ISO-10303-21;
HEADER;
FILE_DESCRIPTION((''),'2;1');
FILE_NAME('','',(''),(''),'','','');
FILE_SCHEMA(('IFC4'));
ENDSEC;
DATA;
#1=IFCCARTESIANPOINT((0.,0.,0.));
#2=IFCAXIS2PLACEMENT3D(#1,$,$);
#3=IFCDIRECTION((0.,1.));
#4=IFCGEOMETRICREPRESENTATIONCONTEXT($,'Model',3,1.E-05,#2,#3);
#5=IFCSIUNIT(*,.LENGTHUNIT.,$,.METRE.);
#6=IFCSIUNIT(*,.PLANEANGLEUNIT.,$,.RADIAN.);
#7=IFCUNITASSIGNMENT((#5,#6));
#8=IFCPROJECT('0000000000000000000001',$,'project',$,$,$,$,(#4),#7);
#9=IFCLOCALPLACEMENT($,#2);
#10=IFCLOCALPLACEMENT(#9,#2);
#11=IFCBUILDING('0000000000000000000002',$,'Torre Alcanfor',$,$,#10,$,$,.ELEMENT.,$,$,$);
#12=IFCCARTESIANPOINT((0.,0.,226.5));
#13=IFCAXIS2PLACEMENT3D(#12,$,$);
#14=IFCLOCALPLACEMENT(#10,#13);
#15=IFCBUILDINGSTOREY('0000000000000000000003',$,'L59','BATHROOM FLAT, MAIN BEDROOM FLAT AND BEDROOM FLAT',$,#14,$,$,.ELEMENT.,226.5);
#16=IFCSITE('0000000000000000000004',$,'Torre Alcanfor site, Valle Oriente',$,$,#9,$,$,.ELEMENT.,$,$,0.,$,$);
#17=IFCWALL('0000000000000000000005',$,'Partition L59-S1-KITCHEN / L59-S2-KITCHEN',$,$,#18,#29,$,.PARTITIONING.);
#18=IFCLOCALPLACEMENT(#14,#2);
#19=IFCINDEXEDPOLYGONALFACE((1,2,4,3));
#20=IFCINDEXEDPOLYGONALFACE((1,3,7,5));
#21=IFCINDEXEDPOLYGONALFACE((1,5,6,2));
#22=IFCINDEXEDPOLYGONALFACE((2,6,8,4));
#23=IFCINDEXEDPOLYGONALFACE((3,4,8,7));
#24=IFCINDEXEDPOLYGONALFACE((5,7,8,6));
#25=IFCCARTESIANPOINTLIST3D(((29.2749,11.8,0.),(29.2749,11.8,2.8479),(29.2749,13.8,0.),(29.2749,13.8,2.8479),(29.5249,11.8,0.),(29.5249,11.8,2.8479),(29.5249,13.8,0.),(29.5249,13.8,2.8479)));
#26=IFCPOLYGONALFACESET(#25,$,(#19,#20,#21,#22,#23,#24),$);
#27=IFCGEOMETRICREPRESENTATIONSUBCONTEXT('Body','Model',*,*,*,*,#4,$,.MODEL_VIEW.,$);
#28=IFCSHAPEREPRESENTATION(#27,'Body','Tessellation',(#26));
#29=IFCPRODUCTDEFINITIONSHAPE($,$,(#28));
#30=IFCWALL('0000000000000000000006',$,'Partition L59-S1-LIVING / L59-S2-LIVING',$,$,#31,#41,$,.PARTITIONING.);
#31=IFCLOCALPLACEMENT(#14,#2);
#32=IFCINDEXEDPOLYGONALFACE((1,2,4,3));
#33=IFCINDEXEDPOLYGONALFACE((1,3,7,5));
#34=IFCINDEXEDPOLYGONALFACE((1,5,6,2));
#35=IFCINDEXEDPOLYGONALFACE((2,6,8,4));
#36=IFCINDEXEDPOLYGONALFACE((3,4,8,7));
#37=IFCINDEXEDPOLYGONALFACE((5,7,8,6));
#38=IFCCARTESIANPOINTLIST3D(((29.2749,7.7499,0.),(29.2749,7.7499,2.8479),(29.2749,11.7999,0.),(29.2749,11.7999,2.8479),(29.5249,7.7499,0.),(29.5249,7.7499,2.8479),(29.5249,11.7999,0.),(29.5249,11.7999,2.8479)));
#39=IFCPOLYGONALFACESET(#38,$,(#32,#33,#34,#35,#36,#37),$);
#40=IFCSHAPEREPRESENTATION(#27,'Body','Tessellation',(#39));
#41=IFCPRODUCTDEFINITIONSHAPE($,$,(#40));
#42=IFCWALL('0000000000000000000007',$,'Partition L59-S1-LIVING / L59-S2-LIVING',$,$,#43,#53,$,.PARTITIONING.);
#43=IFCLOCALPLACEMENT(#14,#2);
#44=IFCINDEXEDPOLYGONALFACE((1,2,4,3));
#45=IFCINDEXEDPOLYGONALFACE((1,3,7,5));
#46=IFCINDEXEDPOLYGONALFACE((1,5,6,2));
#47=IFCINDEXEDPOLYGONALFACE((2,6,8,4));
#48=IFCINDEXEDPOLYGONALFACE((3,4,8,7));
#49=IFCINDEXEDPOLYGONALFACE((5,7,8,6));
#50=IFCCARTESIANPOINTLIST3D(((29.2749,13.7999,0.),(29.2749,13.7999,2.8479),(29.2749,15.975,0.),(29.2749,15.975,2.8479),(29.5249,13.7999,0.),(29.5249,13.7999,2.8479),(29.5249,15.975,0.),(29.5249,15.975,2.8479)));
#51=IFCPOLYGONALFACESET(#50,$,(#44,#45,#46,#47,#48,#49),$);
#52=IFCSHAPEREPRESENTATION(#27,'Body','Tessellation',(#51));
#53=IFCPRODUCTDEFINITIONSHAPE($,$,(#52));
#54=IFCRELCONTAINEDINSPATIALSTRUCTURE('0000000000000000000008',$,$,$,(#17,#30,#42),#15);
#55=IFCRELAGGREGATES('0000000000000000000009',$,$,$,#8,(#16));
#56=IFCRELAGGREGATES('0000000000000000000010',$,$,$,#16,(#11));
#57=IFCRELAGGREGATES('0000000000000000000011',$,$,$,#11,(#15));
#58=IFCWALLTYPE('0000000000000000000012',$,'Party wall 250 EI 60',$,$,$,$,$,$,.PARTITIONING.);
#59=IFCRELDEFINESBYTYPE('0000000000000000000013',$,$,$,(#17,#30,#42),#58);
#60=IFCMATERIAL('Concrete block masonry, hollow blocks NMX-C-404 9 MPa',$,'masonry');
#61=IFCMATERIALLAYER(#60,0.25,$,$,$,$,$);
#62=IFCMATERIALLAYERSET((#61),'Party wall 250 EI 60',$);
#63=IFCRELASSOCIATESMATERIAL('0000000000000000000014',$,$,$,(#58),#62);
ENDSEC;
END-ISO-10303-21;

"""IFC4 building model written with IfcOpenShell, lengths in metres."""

from ifc_helpers import new_model, si_unit, direction, frame, frame_2d, origin, place, context, subcontext, project, spatial, rectangle, extrude, material, layer, layer_set, type_object, element, save


model = new_model("IFC4")

# Units and contexts
model_context = context("Model", 3, precision=1e-05, world=origin(), true_north=direction((0.0, 1.0)))
body_context = subcontext(model_context, "Body", "Model", "MODEL_VIEW")
ifc_project = project(units=[si_unit("LENGTHUNIT", "METRE"), si_unit("PLANEANGLEUNIT", "RADIAN")], contexts=[model_context])

# Site, building, storey
site_placement = place(None, origin())
site = spatial("IfcSite", under=ifc_project, at=site_placement, Name="Torre Alcanfor site, Valle Oriente", CompositionType="ELEMENT", RefElevation=0.0)
building_placement = place(site_placement, origin())
building = spatial("IfcBuilding", under=site, at=building_placement, Name="Torre Alcanfor", CompositionType="ELEMENT")
storey_placement = place(building_placement, frame((0.0, 0.0, 226.5)))
storey = spatial("IfcBuildingStorey", under=building, at=storey_placement, Name="L59", Description="BATHROOM FLAT, MAIN BEDROOM FLAT AND BEDROOM FLAT", CompositionType="ELEMENT", Elevation=226.5)

# Walls
ifc_material_1 = material(Name="Concrete block masonry, hollow blocks NMX-C-404 9 MPa", Category="masonry")
ifc_layer_1 = layer(ifc_material_1, 0.25)
ifc_layer_set_1 = layer_set([ifc_layer_1], Name="Party wall 250 EI 60")
wall_type_1 = type_object("IfcWallType", Name="Party wall 250 EI 60", PredefinedType="PARTITIONING", material=ifc_layer_set_1)
wall_1_placement = place(storey_placement, frame((29.3999, 13.8, 0.0), z_axis=(0.0, 0.0, 1.0), x_axis=(0.0, -1.0, 0.0)))
element("IfcWall", 1, at=wall_1_placement, inside=storey, type_object=wall_type_1, Name="Partition L59-S1-KITCHEN / L59-S2-KITCHEN", PredefinedType="PARTITIONING", context=body_context, shape_type="SweptSolid", body=[
    extrude(rectangle(XDim=2.0, YDim=0.25, at=frame_2d((1.0, 0.0))), origin(), (0.0, 0.0, 1.0), 2.8479),
])
wall_2_placement = place(storey_placement, frame((29.3999, 7.75, 0.0), z_axis=(0.0, 0.0, 1.0), x_axis=(0.0, 1.0, 0.0)))
element("IfcWall", 2, at=wall_2_placement, inside=storey, type_object=wall_type_1, Name="Partition L59-S1-LIVING / L59-S2-LIVING", PredefinedType="PARTITIONING", context=body_context, shape_type="SweptSolid", body=[
    extrude(rectangle(XDim=4.05, YDim=0.25, at=frame_2d((2.0249, 0.0))), origin(), (0.0, 0.0, 1.0), 2.8479),
])
wall_3_placement = place(storey_placement, frame((29.3999, 13.8, 0.0), z_axis=(0.0, 0.0, 1.0), x_axis=(0.0, 1.0, 0.0)))
element("IfcWall", 3, at=wall_3_placement, inside=storey, type_object=wall_type_1, Name="Partition L59-S1-LIVING / L59-S2-LIVING", PredefinedType="PARTITIONING", context=body_context, shape_type="SweptSolid", body=[
    extrude(rectangle(XDim=2.175, YDim=0.25, at=frame_2d((1.0874, 0.0))), origin(), (0.0, 0.0, 1.0), 2.8479),
])

save(model, "model.ifc")
